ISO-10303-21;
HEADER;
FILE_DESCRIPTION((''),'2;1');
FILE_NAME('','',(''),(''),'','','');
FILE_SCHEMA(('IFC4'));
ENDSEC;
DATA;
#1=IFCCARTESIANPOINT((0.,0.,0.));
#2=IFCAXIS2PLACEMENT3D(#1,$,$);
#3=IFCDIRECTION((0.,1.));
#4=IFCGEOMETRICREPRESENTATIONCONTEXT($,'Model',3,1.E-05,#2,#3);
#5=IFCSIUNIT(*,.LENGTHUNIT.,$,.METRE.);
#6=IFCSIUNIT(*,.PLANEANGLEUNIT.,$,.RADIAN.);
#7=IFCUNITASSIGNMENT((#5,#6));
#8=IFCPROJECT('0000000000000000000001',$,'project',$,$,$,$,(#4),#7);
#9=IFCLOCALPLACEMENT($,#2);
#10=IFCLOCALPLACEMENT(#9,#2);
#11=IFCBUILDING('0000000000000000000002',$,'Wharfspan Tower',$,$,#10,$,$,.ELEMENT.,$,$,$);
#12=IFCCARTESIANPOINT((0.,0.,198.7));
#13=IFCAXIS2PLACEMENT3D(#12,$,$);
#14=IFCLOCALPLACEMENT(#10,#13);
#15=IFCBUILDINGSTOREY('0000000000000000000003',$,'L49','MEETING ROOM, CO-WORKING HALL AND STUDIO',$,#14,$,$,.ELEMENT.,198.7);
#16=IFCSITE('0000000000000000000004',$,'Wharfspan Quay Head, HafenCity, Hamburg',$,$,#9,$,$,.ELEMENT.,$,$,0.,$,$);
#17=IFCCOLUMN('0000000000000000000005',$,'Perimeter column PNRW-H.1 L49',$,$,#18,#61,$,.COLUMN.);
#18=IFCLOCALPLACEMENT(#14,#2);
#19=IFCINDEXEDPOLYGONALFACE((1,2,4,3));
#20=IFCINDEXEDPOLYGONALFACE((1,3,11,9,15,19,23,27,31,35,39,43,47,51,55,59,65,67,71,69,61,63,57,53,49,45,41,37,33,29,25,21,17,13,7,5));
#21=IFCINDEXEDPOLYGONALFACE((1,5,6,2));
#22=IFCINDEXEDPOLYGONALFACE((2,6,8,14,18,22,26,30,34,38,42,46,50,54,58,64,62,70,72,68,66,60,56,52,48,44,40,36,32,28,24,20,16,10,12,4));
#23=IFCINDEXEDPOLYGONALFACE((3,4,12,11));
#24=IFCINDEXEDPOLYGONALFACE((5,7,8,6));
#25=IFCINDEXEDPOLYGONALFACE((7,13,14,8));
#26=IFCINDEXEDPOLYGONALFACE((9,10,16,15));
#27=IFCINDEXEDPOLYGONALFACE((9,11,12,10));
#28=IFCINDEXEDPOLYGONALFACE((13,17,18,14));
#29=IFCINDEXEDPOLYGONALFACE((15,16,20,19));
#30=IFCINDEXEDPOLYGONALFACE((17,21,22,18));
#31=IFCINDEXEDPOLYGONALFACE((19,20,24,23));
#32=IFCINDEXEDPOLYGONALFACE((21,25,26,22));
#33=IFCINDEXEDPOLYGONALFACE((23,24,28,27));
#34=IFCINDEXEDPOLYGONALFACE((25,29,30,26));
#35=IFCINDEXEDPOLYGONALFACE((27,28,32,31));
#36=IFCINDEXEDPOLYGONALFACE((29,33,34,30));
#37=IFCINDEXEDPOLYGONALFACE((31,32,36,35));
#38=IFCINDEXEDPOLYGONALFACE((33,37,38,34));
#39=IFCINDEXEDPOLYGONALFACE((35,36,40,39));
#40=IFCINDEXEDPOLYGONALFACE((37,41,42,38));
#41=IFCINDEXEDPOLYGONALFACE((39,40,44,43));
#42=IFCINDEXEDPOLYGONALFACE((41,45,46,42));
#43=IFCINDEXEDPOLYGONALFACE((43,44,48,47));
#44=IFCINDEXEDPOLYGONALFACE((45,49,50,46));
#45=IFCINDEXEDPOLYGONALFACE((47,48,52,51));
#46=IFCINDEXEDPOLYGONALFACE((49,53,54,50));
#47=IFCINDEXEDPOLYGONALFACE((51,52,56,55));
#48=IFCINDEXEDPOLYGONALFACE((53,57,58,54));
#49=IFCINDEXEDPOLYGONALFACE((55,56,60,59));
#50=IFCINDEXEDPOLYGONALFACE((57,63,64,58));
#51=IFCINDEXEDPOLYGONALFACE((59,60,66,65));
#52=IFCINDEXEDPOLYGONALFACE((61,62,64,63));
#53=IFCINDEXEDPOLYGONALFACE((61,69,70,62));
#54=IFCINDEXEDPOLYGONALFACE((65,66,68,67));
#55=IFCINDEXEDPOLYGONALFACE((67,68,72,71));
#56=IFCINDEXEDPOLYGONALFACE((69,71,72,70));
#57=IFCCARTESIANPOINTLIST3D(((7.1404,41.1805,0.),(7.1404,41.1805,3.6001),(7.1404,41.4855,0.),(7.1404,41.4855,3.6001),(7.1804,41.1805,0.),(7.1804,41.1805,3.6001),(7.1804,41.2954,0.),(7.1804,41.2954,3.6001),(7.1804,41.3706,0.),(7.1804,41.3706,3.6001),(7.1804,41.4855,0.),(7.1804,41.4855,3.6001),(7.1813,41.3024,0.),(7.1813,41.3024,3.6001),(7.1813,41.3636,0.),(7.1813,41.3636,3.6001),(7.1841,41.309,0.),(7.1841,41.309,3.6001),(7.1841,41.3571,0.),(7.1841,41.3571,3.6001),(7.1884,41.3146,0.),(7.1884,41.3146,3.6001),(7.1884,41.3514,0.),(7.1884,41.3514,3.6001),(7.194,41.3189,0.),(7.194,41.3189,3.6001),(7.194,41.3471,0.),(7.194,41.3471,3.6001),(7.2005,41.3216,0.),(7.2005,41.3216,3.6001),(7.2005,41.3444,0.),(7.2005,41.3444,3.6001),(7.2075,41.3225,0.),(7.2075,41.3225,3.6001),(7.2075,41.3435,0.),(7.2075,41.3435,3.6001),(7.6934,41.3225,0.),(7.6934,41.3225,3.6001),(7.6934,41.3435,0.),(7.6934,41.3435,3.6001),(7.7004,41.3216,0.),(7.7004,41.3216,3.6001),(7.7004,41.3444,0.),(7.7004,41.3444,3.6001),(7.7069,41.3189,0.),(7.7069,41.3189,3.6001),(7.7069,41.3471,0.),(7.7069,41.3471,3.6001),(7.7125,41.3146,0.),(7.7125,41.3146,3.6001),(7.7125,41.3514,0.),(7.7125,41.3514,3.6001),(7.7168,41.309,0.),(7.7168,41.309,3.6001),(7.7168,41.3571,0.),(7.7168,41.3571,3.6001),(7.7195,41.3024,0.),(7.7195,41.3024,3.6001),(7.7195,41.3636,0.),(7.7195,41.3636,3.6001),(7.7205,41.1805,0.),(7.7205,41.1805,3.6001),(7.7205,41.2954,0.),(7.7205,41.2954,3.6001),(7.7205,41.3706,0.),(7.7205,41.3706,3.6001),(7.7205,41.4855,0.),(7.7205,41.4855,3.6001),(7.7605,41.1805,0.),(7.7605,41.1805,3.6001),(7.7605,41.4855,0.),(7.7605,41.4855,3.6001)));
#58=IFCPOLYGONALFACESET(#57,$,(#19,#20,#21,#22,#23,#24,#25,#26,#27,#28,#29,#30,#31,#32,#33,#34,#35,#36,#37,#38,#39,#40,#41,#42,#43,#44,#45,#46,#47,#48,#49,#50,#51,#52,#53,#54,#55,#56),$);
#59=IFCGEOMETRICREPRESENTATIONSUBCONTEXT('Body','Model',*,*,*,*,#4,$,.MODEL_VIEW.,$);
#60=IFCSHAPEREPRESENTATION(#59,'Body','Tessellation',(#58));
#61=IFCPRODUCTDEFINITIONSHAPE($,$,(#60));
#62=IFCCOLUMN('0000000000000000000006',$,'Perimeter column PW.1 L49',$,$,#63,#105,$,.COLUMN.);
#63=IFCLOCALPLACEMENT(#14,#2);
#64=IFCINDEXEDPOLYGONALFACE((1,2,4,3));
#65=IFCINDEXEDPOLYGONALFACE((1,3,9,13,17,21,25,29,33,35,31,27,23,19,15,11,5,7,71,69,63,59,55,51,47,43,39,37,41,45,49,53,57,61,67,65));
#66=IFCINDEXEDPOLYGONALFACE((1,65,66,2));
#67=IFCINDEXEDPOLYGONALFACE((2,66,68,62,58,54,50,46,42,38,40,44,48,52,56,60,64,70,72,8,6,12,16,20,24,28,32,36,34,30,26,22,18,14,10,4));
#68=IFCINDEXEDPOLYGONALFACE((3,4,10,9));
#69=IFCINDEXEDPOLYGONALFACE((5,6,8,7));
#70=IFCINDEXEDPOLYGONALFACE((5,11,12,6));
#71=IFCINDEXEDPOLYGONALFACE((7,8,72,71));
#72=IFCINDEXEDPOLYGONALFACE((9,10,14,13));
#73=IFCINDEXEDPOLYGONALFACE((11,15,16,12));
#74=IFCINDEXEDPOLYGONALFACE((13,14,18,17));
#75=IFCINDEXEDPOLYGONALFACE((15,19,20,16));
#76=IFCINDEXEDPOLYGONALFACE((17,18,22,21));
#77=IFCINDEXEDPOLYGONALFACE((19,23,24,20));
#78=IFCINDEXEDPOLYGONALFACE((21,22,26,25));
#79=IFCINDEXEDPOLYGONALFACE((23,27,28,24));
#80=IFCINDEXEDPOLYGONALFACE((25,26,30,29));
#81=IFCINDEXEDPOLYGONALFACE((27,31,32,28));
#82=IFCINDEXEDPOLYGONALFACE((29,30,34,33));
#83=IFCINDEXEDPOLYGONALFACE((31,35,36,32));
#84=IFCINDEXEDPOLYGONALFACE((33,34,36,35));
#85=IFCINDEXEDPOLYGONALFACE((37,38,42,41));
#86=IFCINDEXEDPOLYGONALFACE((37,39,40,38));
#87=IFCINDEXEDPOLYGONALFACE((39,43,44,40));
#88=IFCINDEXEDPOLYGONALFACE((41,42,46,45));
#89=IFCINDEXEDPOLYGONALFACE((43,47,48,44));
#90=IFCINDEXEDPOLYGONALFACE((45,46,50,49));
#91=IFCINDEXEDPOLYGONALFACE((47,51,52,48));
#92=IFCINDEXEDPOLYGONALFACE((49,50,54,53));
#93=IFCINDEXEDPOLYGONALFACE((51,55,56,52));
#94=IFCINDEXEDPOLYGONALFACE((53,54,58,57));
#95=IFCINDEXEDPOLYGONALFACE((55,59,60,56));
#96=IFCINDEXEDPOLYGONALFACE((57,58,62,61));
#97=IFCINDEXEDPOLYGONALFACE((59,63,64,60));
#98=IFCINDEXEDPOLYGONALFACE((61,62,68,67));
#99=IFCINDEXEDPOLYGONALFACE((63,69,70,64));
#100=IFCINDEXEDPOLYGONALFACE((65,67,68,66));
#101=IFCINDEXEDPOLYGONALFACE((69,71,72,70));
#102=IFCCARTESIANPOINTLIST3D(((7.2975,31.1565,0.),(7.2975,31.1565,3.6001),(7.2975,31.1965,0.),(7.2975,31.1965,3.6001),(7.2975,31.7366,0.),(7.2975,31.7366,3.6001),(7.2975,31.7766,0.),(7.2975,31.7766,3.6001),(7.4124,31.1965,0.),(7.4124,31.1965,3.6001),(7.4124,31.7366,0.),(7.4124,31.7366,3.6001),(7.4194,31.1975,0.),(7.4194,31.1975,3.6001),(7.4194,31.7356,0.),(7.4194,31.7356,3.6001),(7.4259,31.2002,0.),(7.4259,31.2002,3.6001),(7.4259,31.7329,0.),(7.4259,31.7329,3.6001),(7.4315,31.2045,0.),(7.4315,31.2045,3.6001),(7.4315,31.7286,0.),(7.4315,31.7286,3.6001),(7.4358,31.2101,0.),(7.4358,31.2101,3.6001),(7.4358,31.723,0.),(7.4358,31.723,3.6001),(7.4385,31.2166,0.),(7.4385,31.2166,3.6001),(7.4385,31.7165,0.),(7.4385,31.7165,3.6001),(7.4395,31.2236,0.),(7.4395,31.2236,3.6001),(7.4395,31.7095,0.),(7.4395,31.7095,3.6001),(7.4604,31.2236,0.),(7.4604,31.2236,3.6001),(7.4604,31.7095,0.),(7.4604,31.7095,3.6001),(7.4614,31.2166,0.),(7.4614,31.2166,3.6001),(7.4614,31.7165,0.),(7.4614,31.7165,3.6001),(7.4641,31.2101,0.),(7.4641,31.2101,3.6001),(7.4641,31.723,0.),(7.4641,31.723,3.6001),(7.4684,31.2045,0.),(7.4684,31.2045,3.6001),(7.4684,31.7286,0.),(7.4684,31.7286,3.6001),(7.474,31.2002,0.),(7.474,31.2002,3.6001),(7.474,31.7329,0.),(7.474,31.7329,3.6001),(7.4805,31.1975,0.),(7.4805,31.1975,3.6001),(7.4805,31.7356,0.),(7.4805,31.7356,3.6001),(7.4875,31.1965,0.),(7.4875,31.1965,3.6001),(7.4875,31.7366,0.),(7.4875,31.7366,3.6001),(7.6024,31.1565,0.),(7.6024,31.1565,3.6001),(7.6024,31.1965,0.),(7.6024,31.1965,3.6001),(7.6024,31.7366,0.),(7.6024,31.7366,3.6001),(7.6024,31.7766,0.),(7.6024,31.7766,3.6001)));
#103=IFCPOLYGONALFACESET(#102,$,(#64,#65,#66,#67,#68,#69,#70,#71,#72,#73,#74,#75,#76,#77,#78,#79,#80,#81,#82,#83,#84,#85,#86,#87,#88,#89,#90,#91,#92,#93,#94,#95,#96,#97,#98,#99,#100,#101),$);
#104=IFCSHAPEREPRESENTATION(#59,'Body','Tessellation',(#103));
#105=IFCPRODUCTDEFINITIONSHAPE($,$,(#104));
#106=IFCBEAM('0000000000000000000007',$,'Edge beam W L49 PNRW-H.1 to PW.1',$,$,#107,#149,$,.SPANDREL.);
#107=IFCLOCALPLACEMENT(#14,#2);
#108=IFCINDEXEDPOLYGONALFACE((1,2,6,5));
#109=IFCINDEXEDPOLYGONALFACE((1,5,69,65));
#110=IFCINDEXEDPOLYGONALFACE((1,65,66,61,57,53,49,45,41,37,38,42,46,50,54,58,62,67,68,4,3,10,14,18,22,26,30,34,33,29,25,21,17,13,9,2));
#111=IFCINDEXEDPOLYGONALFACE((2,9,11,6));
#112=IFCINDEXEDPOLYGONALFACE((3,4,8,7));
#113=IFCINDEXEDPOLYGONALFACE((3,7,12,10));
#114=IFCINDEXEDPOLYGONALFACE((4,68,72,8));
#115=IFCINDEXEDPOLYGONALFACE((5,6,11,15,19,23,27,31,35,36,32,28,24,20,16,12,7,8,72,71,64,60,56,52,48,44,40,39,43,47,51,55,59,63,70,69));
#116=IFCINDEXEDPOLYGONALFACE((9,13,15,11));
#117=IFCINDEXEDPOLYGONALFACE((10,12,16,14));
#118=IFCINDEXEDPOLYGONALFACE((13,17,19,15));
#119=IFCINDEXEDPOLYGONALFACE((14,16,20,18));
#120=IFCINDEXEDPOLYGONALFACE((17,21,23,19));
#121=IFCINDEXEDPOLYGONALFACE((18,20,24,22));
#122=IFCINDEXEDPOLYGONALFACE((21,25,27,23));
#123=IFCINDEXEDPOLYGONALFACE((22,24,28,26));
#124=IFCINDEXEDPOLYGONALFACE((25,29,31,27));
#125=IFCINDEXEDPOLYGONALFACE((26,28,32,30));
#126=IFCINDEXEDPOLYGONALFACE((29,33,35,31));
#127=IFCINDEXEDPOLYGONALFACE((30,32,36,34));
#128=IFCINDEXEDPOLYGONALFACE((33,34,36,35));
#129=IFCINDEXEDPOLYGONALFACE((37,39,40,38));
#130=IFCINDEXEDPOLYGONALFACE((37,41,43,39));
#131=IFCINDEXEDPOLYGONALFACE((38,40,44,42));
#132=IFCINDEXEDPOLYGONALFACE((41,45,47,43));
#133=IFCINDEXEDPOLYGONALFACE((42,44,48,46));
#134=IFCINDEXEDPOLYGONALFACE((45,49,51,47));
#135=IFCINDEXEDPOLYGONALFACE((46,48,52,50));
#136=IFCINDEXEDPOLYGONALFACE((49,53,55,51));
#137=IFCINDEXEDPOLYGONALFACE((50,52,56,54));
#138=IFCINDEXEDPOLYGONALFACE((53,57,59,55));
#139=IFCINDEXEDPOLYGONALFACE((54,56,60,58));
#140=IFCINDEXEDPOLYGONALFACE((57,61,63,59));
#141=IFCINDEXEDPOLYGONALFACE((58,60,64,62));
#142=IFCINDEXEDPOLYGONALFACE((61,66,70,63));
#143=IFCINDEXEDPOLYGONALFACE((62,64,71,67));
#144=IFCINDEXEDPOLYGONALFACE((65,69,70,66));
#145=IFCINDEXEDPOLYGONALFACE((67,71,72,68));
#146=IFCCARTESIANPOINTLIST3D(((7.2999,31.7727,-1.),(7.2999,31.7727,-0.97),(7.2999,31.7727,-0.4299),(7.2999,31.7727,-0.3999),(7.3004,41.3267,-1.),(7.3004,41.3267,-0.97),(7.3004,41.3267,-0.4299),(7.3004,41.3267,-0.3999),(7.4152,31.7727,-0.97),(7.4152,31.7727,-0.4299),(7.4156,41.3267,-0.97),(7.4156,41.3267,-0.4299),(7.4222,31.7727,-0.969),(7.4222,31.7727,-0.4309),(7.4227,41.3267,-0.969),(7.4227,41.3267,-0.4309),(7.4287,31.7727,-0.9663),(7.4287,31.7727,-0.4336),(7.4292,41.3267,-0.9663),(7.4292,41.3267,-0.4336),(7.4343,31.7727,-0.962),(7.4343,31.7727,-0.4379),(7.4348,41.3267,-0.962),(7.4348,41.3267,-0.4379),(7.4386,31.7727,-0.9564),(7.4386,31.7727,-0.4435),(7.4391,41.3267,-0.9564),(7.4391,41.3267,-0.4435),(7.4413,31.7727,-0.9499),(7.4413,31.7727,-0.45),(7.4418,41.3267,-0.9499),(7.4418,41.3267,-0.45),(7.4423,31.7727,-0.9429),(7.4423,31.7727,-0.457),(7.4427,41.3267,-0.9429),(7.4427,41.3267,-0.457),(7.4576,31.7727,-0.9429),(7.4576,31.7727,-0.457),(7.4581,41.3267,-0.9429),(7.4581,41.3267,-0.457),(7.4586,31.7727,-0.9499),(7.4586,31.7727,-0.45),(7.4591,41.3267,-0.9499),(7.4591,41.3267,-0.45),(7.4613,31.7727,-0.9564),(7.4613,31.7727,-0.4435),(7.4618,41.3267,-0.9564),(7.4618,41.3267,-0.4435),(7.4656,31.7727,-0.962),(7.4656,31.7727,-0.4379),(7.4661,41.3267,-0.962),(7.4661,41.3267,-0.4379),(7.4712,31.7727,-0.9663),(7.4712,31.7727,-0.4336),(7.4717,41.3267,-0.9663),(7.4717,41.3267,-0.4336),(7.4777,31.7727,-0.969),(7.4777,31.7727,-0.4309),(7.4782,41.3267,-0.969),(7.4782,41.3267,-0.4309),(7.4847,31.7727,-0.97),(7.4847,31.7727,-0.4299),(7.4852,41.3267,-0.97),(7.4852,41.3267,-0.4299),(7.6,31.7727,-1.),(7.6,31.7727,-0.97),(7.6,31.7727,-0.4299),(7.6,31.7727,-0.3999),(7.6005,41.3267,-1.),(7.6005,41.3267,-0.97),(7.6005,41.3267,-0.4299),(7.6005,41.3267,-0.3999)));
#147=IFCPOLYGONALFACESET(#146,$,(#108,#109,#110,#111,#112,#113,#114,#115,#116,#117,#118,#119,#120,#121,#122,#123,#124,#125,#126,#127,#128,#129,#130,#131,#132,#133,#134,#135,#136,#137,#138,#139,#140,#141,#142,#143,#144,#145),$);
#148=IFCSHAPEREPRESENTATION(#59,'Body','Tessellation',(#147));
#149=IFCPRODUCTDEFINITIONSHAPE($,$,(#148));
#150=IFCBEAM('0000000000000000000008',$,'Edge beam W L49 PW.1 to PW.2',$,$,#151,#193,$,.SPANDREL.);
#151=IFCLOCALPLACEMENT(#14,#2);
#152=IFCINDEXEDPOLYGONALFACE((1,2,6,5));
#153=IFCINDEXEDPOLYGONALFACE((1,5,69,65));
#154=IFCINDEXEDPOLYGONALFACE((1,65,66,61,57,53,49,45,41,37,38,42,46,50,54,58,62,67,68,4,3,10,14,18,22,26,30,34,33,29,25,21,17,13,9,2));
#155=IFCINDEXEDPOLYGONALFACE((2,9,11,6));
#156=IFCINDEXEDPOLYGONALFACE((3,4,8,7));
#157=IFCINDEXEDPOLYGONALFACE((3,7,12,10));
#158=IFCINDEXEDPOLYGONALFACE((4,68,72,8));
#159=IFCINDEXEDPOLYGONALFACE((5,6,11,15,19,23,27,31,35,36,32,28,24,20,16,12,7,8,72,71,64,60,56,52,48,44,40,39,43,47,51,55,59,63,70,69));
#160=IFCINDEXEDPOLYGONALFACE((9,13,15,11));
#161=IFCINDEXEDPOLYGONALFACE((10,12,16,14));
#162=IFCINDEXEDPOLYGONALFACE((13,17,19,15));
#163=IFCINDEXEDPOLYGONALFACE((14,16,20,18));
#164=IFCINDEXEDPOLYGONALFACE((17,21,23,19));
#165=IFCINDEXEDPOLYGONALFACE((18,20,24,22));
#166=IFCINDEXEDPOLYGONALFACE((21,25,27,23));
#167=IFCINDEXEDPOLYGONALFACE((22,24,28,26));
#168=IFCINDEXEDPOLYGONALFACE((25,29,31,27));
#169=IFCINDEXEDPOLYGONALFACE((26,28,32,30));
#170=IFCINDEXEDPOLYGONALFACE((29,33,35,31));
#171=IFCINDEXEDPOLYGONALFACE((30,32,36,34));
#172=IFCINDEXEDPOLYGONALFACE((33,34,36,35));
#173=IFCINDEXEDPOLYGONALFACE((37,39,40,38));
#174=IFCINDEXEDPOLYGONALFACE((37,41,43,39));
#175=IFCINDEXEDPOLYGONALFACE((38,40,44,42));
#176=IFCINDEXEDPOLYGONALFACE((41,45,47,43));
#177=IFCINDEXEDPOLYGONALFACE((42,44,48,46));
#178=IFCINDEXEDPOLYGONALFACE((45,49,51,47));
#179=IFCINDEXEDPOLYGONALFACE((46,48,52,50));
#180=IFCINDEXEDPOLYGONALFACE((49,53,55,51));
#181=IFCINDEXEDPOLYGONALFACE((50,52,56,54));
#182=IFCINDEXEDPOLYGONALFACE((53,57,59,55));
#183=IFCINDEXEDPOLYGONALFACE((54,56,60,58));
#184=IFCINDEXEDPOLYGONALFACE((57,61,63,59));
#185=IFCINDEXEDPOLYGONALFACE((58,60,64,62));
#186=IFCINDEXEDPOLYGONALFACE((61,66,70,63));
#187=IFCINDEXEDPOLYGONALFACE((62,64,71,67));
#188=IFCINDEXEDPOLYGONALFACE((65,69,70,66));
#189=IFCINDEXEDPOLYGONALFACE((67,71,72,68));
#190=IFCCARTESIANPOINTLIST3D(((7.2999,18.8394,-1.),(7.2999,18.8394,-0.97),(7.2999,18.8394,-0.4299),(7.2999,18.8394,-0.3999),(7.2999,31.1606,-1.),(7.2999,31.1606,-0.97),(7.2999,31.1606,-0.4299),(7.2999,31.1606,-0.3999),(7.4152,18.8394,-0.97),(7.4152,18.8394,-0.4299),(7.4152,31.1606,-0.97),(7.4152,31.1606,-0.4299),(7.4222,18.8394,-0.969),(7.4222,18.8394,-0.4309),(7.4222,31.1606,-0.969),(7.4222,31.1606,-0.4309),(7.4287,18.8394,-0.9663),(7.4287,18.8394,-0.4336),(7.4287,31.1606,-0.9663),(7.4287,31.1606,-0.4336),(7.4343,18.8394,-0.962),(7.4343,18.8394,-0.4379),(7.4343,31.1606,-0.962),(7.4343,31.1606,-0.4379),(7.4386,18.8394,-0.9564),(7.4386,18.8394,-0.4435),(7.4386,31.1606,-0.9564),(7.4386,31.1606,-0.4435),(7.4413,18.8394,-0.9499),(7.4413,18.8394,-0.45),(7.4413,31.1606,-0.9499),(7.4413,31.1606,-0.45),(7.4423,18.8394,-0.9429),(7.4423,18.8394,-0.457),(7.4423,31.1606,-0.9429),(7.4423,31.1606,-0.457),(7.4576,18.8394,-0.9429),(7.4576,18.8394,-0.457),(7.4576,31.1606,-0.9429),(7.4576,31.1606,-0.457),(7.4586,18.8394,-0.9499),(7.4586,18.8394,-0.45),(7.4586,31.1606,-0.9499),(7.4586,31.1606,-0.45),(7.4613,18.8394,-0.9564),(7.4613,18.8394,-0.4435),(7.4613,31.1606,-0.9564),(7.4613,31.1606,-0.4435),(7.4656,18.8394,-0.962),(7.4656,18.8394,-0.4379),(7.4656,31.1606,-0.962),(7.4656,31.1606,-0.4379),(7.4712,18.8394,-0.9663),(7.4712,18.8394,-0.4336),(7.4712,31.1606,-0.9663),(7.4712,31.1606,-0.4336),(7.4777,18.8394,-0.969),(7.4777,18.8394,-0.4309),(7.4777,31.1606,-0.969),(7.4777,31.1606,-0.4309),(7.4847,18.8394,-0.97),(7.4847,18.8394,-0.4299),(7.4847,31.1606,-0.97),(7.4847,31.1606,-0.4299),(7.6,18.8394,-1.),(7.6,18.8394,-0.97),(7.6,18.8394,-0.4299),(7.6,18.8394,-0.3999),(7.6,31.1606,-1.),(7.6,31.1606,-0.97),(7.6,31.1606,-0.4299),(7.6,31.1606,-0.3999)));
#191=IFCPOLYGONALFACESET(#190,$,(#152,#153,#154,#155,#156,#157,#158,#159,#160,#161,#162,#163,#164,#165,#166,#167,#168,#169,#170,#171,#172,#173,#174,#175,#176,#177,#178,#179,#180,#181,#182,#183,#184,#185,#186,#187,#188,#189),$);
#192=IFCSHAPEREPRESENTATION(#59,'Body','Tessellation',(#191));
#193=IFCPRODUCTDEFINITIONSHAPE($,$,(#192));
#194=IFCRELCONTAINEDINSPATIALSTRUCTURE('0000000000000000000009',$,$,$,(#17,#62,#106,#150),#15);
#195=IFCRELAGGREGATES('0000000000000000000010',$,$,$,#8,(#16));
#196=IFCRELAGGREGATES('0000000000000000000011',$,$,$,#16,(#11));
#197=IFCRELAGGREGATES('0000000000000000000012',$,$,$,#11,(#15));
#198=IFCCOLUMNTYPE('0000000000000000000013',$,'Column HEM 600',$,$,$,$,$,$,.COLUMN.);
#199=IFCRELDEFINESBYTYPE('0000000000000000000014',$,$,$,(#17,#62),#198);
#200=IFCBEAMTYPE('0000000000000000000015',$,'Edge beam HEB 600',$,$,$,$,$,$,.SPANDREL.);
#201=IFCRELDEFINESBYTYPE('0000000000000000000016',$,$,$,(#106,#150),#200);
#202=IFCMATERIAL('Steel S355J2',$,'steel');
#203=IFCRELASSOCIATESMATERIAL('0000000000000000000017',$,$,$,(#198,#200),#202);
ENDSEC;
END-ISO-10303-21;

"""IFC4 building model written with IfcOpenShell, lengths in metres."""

from ifc_helpers import new_model, si_unit, direction, frame, origin, origin_2d, place, context, subcontext, project, spatial, i_section, extrude, material, material_profile, profile_set, type_object, element, save


model = new_model("IFC4")

# Units and contexts
model_context = context("Model", 3, precision=1e-05, world=origin(), true_north=direction((0.0, 1.0)))
body_context = subcontext(model_context, "Body", "Model", "MODEL_VIEW")
ifc_project = project(units=[si_unit("LENGTHUNIT", "METRE"), si_unit("PLANEANGLEUNIT", "RADIAN")], contexts=[model_context])

# Site, building, storey
site_placement = place(None, origin())
site = spatial("IfcSite", under=ifc_project, at=site_placement, Name="Wharfspan Quay Head, HafenCity, Hamburg", CompositionType="ELEMENT", RefElevation=0.0)
building_placement = place(site_placement, origin())
building = spatial("IfcBuilding", under=site, at=building_placement, Name="Wharfspan Tower", CompositionType="ELEMENT")
storey_placement = place(building_placement, frame((0.0, 0.0, 198.7)))
storey = spatial("IfcBuildingStorey", under=building, at=storey_placement, Name="L49", Description="MEETING ROOM, CO-WORKING HALL AND STUDIO", CompositionType="ELEMENT", Elevation=198.7)

# Columns
ifc_material_1 = material(Name="Steel S355J2", Category="steel")
ifc_material_profile_1 = material_profile(ifc_material_1, i_section(OverallWidth=0.3049, OverallDepth=0.6201, WebThickness=0.021, FlangeThickness=0.04, FilletRadius=0.0271, at=origin_2d()))
ifc_profile_set_1 = profile_set([ifc_material_profile_1], Name="Steel S355J2")
column_type = type_object("IfcColumnType", Name="Column HEM 600", PredefinedType="COLUMN", material=ifc_profile_set_1)
for number, where, z_axis, x_axis, name in (
    (1, (7.4504, 41.333, 0.0), (0.0, 0.0, 1.0), (0.0, 1.0, 0.0), "Perimeter column PNRW-H.1 L49"),
    (2, (7.45, 31.4666, 0.0), (0.0, 0.0, 1.0), (-1.0, 0.0, 0.0), "Perimeter column PW.1 L49"),
):
    element("IfcColumn", number, at=place(storey_placement, frame(where, z_axis=z_axis, x_axis=x_axis)), inside=storey, type_object=column_type, Name=name, PredefinedType="COLUMN", context=body_context, shape_type="SweptSolid", body=[
        extrude(i_section(OverallWidth=0.3049, OverallDepth=0.6201, WebThickness=0.021, FlangeThickness=0.04, FilletRadius=0.0271, at=origin_2d()), origin(), (0.0, 0.0, 1.0), 3.6001),
    ])

# Beams
ifc_material_profile_2 = material_profile(ifc_material_1, i_section(OverallWidth=0.3, OverallDepth=0.6001, WebThickness=0.0154, FlangeThickness=0.03, FilletRadius=0.0271, at=origin_2d()))
ifc_profile_set_2 = profile_set([ifc_material_profile_2], Name="Steel S355J2")
beam_type = type_object("IfcBeamType", Name="Edge beam HEB 600", PredefinedType="SPANDREL", material=ifc_profile_set_2)
beam_1_placement = place(storey_placement, frame((7.4504, 41.3267, -0.7), z_axis=(-0.000051, -1.0, 0.0), x_axis=(1.0, -0.000051, 0.0)))
element("IfcBeam", 3, at=beam_1_placement, inside=storey, type_object=beam_type, Name="Edge beam W L49 PNRW-H.1 to PW.1", PredefinedType="SPANDREL", context=body_context, shape_type="SweptSolid", body=[
    extrude(i_section(OverallWidth=0.3, OverallDepth=0.6001, WebThickness=0.0154, FlangeThickness=0.03, FilletRadius=0.0271, at=origin_2d()), origin(), (0.0, 0.0, 1.0), 9.554),
])
beam_2_placement = place(storey_placement, frame((7.45, 31.1606, -0.7), z_axis=(0.0, -1.0, 0.0), x_axis=(1.0, 0.0, 0.0)))
element("IfcBeam", 4, at=beam_2_placement, inside=storey, type_object=beam_type, Name="Edge beam W L49 PW.1 to PW.2", PredefinedType="SPANDREL", context=body_context, shape_type="SweptSolid", body=[
    extrude(i_section(OverallWidth=0.3, OverallDepth=0.6001, WebThickness=0.0154, FlangeThickness=0.03, FilletRadius=0.0271, at=origin_2d()), origin(), (0.0, 0.0, 1.0), 12.3213),
])

save(model, "model.ifc")
